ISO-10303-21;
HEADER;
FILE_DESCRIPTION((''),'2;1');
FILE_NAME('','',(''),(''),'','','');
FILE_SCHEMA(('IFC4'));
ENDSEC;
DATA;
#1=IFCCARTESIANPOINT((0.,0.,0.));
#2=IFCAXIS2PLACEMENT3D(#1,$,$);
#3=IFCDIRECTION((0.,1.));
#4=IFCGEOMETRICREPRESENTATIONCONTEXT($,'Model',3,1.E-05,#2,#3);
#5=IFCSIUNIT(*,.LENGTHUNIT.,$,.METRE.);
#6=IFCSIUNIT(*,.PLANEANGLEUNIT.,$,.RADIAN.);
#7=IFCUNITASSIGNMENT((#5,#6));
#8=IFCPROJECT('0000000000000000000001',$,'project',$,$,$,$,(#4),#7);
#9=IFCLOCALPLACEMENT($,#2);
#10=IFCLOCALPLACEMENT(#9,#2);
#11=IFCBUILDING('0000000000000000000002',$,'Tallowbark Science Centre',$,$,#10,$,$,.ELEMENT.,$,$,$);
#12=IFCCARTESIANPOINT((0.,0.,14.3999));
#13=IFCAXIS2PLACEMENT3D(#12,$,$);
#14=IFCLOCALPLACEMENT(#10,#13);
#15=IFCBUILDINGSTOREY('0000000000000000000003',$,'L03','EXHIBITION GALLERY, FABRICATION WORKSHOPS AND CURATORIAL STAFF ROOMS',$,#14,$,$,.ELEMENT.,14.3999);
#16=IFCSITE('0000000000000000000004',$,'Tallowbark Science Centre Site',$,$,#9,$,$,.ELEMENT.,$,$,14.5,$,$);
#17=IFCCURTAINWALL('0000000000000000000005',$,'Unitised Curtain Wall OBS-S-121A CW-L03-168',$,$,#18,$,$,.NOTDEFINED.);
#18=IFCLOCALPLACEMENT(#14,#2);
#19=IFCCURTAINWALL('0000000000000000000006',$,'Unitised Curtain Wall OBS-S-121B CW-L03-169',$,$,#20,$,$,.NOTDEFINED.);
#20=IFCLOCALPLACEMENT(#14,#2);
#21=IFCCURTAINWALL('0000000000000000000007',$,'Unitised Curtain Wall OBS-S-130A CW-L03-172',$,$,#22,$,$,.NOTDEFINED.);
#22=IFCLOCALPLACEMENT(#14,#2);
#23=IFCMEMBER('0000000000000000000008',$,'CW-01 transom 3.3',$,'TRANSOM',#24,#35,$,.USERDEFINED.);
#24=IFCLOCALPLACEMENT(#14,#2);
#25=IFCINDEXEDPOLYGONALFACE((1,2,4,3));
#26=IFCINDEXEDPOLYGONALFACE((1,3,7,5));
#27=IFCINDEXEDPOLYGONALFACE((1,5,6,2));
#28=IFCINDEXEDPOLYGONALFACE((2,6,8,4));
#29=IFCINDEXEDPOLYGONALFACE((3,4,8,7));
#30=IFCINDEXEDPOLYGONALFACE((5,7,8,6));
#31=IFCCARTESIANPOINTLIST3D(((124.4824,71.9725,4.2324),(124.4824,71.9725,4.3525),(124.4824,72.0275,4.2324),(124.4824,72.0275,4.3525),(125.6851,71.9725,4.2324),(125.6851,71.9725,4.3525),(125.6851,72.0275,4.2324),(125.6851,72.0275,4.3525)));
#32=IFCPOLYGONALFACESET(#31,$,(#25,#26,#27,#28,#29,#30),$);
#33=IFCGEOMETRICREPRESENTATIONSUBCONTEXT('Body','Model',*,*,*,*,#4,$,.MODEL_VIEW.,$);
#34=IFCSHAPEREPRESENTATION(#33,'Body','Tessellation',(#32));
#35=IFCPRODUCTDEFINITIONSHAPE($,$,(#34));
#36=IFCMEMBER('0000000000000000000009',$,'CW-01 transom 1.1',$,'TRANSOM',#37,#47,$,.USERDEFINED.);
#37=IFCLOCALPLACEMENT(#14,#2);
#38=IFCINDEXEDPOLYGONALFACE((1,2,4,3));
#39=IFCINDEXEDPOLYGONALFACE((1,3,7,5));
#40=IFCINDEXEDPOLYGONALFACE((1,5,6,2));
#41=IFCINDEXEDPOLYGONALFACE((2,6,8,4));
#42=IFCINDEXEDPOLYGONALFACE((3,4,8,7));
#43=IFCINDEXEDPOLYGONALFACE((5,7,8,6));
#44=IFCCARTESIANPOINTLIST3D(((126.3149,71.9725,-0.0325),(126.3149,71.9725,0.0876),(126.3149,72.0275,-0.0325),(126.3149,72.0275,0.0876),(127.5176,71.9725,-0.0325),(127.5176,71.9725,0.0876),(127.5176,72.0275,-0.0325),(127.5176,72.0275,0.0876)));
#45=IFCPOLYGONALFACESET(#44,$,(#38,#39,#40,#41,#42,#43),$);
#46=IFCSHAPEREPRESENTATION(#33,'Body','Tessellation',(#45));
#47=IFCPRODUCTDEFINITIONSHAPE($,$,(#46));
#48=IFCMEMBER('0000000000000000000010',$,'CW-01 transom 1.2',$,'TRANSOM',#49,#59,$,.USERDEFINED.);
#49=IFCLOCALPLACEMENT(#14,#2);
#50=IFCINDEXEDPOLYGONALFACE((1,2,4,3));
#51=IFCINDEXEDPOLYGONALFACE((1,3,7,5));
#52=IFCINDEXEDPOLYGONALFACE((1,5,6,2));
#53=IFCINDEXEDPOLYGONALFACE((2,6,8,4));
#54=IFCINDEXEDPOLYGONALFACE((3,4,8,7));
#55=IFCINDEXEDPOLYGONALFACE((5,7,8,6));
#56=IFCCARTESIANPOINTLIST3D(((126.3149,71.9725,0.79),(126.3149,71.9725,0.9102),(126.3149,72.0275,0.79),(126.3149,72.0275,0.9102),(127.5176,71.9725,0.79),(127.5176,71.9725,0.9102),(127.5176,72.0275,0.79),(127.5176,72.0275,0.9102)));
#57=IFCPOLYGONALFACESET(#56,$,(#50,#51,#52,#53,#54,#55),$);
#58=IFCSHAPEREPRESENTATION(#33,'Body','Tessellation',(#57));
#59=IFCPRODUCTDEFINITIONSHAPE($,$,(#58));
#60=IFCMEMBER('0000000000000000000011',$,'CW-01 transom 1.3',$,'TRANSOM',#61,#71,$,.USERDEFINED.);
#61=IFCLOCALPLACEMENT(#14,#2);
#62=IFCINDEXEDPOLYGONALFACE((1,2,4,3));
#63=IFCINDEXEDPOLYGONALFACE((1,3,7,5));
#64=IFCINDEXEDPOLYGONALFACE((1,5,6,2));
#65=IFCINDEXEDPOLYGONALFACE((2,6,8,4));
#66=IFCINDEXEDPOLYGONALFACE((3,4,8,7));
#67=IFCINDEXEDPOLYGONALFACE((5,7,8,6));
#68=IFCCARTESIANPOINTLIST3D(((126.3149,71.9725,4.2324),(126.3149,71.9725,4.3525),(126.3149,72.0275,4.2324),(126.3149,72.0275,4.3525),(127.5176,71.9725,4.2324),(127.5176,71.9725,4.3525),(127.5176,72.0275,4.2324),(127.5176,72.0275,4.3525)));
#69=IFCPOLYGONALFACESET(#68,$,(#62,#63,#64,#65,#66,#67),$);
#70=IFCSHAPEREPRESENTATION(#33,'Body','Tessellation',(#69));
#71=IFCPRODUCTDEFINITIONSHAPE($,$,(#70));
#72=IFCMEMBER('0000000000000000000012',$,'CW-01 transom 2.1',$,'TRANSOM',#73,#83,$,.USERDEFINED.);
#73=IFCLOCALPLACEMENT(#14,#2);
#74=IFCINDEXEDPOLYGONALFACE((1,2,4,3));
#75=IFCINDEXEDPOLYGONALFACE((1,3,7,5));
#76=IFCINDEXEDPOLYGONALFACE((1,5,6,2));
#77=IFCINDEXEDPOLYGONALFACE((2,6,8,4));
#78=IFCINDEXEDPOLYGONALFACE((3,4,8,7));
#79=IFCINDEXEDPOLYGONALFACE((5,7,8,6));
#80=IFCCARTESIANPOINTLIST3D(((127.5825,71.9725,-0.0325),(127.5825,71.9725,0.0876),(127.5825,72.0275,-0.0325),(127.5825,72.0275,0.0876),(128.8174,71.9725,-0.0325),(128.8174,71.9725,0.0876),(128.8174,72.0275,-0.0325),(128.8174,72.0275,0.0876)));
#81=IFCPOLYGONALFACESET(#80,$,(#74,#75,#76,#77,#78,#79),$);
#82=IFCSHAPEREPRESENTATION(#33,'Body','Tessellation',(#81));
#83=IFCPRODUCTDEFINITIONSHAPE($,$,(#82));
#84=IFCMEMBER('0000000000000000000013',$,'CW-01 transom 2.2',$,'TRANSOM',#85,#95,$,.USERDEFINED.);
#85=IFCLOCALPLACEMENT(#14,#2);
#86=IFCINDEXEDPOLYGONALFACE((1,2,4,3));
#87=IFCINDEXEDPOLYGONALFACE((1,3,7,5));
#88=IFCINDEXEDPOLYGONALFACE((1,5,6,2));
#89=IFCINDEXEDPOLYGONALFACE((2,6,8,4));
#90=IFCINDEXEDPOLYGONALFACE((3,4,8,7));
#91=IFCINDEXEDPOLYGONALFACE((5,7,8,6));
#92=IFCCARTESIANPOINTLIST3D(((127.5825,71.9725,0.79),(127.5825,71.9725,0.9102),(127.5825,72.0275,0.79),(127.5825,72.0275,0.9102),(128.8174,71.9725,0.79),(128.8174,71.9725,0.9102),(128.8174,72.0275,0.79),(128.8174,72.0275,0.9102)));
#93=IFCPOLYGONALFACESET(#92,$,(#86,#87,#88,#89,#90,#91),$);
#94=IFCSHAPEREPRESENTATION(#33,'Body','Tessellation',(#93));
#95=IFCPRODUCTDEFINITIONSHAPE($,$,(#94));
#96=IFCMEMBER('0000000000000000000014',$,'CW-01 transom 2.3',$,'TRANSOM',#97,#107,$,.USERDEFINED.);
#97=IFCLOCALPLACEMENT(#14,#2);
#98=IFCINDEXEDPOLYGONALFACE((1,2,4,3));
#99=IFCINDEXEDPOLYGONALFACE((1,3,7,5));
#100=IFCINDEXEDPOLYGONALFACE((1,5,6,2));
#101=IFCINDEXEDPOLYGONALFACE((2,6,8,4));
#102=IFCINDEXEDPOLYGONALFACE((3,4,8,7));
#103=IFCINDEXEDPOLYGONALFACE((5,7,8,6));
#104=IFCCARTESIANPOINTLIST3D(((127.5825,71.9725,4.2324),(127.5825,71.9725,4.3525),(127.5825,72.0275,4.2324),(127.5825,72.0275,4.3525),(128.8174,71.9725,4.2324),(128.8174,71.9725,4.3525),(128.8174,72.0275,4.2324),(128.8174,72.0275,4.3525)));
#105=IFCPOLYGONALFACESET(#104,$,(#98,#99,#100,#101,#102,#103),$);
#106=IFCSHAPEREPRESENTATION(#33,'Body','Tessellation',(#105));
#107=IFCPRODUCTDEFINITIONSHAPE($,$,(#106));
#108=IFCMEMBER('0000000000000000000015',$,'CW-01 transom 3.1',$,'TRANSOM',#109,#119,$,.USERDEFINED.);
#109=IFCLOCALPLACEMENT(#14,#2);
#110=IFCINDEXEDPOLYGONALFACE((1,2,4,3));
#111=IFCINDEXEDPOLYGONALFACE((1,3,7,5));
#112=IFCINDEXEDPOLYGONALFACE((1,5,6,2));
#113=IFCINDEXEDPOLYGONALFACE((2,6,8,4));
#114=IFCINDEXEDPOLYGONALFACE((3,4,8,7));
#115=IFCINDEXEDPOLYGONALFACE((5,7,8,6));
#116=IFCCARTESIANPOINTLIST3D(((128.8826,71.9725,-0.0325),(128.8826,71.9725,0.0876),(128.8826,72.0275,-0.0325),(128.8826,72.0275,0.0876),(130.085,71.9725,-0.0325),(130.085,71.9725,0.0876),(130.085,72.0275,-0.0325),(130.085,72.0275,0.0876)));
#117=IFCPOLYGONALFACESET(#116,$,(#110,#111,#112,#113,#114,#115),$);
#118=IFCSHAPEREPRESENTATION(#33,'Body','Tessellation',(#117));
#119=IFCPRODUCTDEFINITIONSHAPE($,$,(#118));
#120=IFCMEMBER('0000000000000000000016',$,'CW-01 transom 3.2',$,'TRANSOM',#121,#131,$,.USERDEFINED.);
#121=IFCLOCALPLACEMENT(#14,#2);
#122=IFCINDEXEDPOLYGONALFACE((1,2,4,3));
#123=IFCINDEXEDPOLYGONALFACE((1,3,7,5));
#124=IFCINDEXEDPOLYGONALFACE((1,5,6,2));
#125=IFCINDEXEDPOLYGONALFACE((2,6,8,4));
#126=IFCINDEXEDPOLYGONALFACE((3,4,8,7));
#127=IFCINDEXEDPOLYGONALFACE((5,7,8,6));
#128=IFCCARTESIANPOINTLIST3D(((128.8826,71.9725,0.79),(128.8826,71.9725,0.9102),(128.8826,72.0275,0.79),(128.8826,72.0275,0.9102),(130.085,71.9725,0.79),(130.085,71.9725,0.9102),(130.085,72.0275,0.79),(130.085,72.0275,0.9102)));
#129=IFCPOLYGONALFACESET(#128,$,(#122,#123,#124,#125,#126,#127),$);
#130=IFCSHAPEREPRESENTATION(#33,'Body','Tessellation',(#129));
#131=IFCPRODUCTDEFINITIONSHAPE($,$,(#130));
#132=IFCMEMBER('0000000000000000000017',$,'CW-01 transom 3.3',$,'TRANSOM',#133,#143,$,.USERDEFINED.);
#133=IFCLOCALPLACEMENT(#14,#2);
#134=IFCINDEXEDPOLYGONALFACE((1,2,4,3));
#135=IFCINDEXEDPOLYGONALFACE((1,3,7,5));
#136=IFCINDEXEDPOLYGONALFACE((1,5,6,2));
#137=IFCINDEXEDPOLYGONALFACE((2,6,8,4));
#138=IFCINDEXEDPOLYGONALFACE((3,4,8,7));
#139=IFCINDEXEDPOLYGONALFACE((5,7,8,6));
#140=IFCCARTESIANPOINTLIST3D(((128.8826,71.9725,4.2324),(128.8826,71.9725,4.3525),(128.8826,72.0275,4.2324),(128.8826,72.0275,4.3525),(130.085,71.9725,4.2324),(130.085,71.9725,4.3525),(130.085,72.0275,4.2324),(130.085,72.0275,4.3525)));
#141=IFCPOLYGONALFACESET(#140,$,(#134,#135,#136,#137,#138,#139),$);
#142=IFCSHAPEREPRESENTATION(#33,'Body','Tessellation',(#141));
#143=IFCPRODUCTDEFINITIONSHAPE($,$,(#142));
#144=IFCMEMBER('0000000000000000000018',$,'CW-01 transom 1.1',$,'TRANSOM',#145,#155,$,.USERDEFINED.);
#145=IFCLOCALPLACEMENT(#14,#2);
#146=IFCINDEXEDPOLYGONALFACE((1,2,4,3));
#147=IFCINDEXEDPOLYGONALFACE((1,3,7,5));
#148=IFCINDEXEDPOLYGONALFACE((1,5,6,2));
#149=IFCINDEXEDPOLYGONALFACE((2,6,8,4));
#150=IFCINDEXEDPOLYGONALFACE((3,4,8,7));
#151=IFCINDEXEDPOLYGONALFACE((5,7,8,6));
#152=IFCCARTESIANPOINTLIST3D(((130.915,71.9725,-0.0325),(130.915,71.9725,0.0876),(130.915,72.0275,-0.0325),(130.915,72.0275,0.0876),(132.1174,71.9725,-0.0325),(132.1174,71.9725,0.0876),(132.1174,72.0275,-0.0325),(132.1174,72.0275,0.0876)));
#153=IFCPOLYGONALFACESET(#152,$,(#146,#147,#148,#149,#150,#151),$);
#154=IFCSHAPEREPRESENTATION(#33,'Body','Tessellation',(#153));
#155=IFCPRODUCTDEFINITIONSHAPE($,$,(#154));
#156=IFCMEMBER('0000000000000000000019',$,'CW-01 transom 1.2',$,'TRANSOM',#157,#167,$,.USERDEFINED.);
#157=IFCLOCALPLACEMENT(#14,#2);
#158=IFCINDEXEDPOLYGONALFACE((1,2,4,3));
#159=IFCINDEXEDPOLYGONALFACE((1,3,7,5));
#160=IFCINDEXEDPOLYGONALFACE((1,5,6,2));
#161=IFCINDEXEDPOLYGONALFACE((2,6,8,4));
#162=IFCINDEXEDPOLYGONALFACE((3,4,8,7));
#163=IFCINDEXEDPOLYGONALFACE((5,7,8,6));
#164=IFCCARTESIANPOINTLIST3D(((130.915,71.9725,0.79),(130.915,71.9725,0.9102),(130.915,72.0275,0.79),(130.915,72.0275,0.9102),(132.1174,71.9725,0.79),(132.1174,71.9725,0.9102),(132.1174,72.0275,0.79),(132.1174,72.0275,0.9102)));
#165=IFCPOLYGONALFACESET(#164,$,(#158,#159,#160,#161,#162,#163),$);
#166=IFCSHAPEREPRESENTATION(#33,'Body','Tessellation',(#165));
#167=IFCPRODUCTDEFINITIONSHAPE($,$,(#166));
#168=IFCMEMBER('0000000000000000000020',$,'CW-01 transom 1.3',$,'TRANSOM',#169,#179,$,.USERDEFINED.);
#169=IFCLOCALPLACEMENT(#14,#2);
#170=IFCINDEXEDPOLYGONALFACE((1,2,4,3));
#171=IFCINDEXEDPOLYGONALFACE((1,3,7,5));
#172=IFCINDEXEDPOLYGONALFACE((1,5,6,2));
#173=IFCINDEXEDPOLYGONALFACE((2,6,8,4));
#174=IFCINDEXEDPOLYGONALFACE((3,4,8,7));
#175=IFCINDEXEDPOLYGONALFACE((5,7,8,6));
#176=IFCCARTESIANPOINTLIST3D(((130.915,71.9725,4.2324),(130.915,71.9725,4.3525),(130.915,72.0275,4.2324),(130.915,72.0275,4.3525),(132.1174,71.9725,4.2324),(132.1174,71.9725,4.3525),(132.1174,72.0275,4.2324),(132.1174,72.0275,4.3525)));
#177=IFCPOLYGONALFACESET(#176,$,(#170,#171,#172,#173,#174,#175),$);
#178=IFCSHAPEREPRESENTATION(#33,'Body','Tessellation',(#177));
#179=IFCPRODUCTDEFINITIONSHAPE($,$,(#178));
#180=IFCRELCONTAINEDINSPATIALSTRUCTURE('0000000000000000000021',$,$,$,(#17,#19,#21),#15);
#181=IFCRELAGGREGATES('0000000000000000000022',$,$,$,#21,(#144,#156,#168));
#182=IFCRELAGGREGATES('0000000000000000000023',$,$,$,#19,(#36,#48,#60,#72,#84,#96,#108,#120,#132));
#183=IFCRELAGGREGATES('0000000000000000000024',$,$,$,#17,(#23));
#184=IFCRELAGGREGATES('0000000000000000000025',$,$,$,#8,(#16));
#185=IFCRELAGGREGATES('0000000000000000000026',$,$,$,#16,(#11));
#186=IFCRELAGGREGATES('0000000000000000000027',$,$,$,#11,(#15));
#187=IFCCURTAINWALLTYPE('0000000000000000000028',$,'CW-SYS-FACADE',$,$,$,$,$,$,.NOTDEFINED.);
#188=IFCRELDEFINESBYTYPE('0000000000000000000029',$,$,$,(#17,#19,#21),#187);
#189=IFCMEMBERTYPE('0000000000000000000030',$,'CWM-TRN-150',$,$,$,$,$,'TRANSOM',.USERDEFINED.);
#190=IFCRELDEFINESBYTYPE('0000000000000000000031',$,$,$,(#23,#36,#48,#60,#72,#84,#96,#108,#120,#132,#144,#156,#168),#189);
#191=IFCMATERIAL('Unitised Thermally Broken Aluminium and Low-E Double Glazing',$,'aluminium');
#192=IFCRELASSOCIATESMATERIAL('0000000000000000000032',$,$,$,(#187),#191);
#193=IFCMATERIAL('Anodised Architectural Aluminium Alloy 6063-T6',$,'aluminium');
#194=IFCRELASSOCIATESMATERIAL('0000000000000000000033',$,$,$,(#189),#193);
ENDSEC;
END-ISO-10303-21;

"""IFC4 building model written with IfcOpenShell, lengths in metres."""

from ifc_helpers import new_model, si_unit, direction, frame, origin, origin_2d, place, context, subcontext, project, spatial, rectangle, extrude, material, material_profile, profile_set, type_object, element, aggregate, save


model = new_model("IFC4")

# Units and contexts
model_context = context("Model", 3, precision=1e-05, world=origin(), true_north=direction((0.0, 1.0)))
body_context = subcontext(model_context, "Body", "Model", "MODEL_VIEW")
ifc_project = project(units=[si_unit("LENGTHUNIT", "METRE"), si_unit("PLANEANGLEUNIT", "RADIAN")], contexts=[model_context])

# Site, building, storey
site_placement = place(None, origin())
site = spatial("IfcSite", under=ifc_project, at=site_placement, Name="Tallowbark Science Centre Site", CompositionType="ELEMENT", RefElevation=14.5)
building_placement = place(site_placement, origin())
building = spatial("IfcBuilding", under=site, at=building_placement, Name="Tallowbark Science Centre", CompositionType="ELEMENT")
storey_placement = place(building_placement, frame((0.0, 0.0, 14.3999)))
storey = spatial("IfcBuildingStorey", under=building, at=storey_placement, Name="L03", Description="EXHIBITION GALLERY, FABRICATION WORKSHOPS AND CURATORIAL STAFF ROOMS", CompositionType="ELEMENT", Elevation=14.3999)

# Curtain wall
ifc_material_1 = material(Name="Unitised Thermally Broken Aluminium and Low-E Double Glazing", Category="aluminium")
curtain_wall_type = type_object("IfcCurtainWallType", Name="CW-SYS-FACADE", PredefinedType="NOTDEFINED", material=ifc_material_1)
curtain_wall_1_placement = place(storey_placement, origin())
curtain_wall_1 = element("IfcCurtainWall", 1, at=curtain_wall_1_placement, inside=storey, type_object=curtain_wall_type, Name="Unitised Curtain Wall OBS-S-121A CW-L03-168", PredefinedType="NOTDEFINED")
ifc_material_2 = material(Name="Anodised Architectural Aluminium Alloy 6063-T6", Category="aluminium")

# Curtain wall
curtain_wall_2_placement = place(storey_placement, origin())
curtain_wall_2 = element("IfcCurtainWall", 2, at=curtain_wall_2_placement, inside=storey, type_object=curtain_wall_type, Name="Unitised Curtain Wall OBS-S-121B CW-L03-169", PredefinedType="NOTDEFINED")

# Curtain wall
curtain_wall_3_placement = place(storey_placement, origin())
curtain_wall_3 = element("IfcCurtainWall", 3, at=curtain_wall_3_placement, inside=storey, type_object=curtain_wall_type, Name="Unitised Curtain Wall OBS-S-130A CW-L03-172", PredefinedType="NOTDEFINED")

# Members
ifc_material_profile_1 = material_profile(ifc_material_2, rectangle(XDim=0.0549, YDim=0.1201, at=origin_2d()), Name="ALU55x120")
ifc_profile_set_1 = profile_set([ifc_material_profile_1], Name="Anodised Architectural Aluminium Alloy 6063-T6")
member_type_1 = type_object("IfcMemberType", Name="CWM-TRN-150", ElementType="TRANSOM", PredefinedType="USERDEFINED", material=ifc_profile_set_1)
member_1_placement = place(storey_placement, frame((124.4824, 72.0, 4.2925), z_axis=(1.0, 0.0, 0.0), x_axis=(0.0, 1.0, 0.0)))
member_1 = element("IfcMember", 4, at=member_1_placement, type_object=member_type_1, Name="CW-01 transom 3.3", ObjectType="TRANSOM", PredefinedType="USERDEFINED", context=body_context, shape_type="SweptSolid", body=[
    extrude(rectangle(XDim=0.0549, YDim=0.1201, at=origin_2d()), origin(), (0.0, 0.0, 1.0), 1.2026),
])
member_2_placement = place(storey_placement, frame((126.3149, 72.0, 0.0276), z_axis=(1.0, 0.0, 0.0), x_axis=(0.0, 1.0, 0.0)))
member_2 = element("IfcMember", 5, at=member_2_placement, type_object=member_type_1, Name="CW-01 transom 1.1", ObjectType="TRANSOM", PredefinedType="USERDEFINED", context=body_context, shape_type="SweptSolid", body=[
    extrude(rectangle(XDim=0.0549, YDim=0.1201, at=origin_2d()), origin(), (0.0, 0.0, 1.0), 1.2026),
])
member_3_placement = place(storey_placement, frame((126.3149, 72.0, 0.8501), z_axis=(1.0, 0.0, 0.0), x_axis=(0.0, 1.0, 0.0)))
member_3 = element("IfcMember", 6, at=member_3_placement, type_object=member_type_1, Name="CW-01 transom 1.2", ObjectType="TRANSOM", PredefinedType="USERDEFINED", context=body_context, shape_type="SweptSolid", body=[
    extrude(rectangle(XDim=0.0549, YDim=0.1201, at=origin_2d()), origin(), (0.0, 0.0, 1.0), 1.2026),
])
member_4_placement = place(storey_placement, frame((126.3149, 72.0, 4.2925), z_axis=(1.0, 0.0, 0.0), x_axis=(0.0, 1.0, 0.0)))
member_4 = element("IfcMember", 7, at=member_4_placement, type_object=member_type_1, Name="CW-01 transom 1.3", ObjectType="TRANSOM", PredefinedType="USERDEFINED", context=body_context, shape_type="SweptSolid", body=[
    extrude(rectangle(XDim=0.0549, YDim=0.1201, at=origin_2d()), origin(), (0.0, 0.0, 1.0), 1.2026),
])
member_5_placement = place(storey_placement, frame((127.5825, 72.0, 0.0276), z_axis=(1.0, 0.0, 0.0), x_axis=(0.0, 1.0, 0.0)))
member_5 = element("IfcMember", 8, at=member_5_placement, type_object=member_type_1, Name="CW-01 transom 2.1", ObjectType="TRANSOM", PredefinedType="USERDEFINED", context=body_context, shape_type="SweptSolid", body=[
    extrude(rectangle(XDim=0.0549, YDim=0.1201, at=origin_2d()), origin(), (0.0, 0.0, 1.0), 1.2349),
])
member_6_placement = place(storey_placement, frame((127.5825, 72.0, 0.8501), z_axis=(1.0, 0.0, 0.0), x_axis=(0.0, 1.0, 0.0)))
member_6 = element("IfcMember", 9, at=member_6_placement, type_object=member_type_1, Name="CW-01 transom 2.2", ObjectType="TRANSOM", PredefinedType="USERDEFINED", context=body_context, shape_type="SweptSolid", body=[
    extrude(rectangle(XDim=0.0549, YDim=0.1201, at=origin_2d()), origin(), (0.0, 0.0, 1.0), 1.2349),
])
member_7_placement = place(storey_placement, frame((127.5825, 72.0, 4.2925), z_axis=(1.0, 0.0, 0.0), x_axis=(0.0, 1.0, 0.0)))
member_7 = element("IfcMember", 10, at=member_7_placement, type_object=member_type_1, Name="CW-01 transom 2.3", ObjectType="TRANSOM", PredefinedType="USERDEFINED", context=body_context, shape_type="SweptSolid", body=[
    extrude(rectangle(XDim=0.0549, YDim=0.1201, at=origin_2d()), origin(), (0.0, 0.0, 1.0), 1.2349),
])
member_8_placement = place(storey_placement, frame((128.8826, 72.0, 0.0276), z_axis=(1.0, 0.0, 0.0), x_axis=(0.0, 1.0, 0.0)))
member_8 = element("IfcMember", 11, at=member_8_placement, type_object=member_type_1, Name="CW-01 transom 3.1", ObjectType="TRANSOM", PredefinedType="USERDEFINED", context=body_context, shape_type="SweptSolid", body=[
    extrude(rectangle(XDim=0.0549, YDim=0.1201, at=origin_2d()), origin(), (0.0, 0.0, 1.0), 1.2024),
])
member_9_placement = place(storey_placement, frame((128.8826, 72.0, 0.8501), z_axis=(1.0, 0.0, 0.0), x_axis=(0.0, 1.0, 0.0)))
member_9 = element("IfcMember", 12, at=member_9_placement, type_object=member_type_1, Name="CW-01 transom 3.2", ObjectType="TRANSOM", PredefinedType="USERDEFINED", context=body_context, shape_type="SweptSolid", body=[
    extrude(rectangle(XDim=0.0549, YDim=0.1201, at=origin_2d()), origin(), (0.0, 0.0, 1.0), 1.2024),
])
member_10_placement = place(storey_placement, frame((128.8826, 72.0, 4.2925), z_axis=(1.0, 0.0, 0.0), x_axis=(0.0, 1.0, 0.0)))
member_10 = element("IfcMember", 13, at=member_10_placement, type_object=member_type_1, Name="CW-01 transom 3.3", ObjectType="TRANSOM", PredefinedType="USERDEFINED", context=body_context, shape_type="SweptSolid", body=[
    extrude(rectangle(XDim=0.0549, YDim=0.1201, at=origin_2d()), origin(), (0.0, 0.0, 1.0), 1.2024),
])
member_11_placement = place(storey_placement, frame((130.915, 72.0, 0.0276), z_axis=(1.0, 0.0, 0.0), x_axis=(0.0, 1.0, 0.0)))
member_11 = element("IfcMember", 14, at=member_11_placement, type_object=member_type_1, Name="CW-01 transom 1.1", ObjectType="TRANSOM", PredefinedType="USERDEFINED", context=body_context, shape_type="SweptSolid", body=[
    extrude(rectangle(XDim=0.0549, YDim=0.1201, at=origin_2d()), origin(), (0.0, 0.0, 1.0), 1.2024),
])
member_12_placement = place(storey_placement, frame((130.915, 72.0, 0.8501), z_axis=(1.0, 0.0, 0.0), x_axis=(0.0, 1.0, 0.0)))
member_12 = element("IfcMember", 15, at=member_12_placement, type_object=member_type_1, Name="CW-01 transom 1.2", ObjectType="TRANSOM", PredefinedType="USERDEFINED", context=body_context, shape_type="SweptSolid", body=[
    extrude(rectangle(XDim=0.0549, YDim=0.1201, at=origin_2d()), origin(), (0.0, 0.0, 1.0), 1.2024),
])
member_13_placement = place(storey_placement, frame((130.915, 72.0, 4.2925), z_axis=(1.0, 0.0, 0.0), x_axis=(0.0, 1.0, 0.0)))
member_13 = element("IfcMember", 16, at=member_13_placement, type_object=member_type_1, Name="CW-01 transom 1.3", ObjectType="TRANSOM", PredefinedType="USERDEFINED", context=body_context, shape_type="SweptSolid", body=[
    extrude(rectangle(XDim=0.0549, YDim=0.1201, at=origin_2d()), origin(), (0.0, 0.0, 1.0), 1.2024),
])
aggregate(curtain_wall_3, [member_11, member_12, member_13])

aggregate(curtain_wall_2, [member_2, member_3, member_4, member_5, member_6, member_7, member_8, member_9, member_10])
aggregate(curtain_wall_1, [member_1])

save(model, "model.ifc")
